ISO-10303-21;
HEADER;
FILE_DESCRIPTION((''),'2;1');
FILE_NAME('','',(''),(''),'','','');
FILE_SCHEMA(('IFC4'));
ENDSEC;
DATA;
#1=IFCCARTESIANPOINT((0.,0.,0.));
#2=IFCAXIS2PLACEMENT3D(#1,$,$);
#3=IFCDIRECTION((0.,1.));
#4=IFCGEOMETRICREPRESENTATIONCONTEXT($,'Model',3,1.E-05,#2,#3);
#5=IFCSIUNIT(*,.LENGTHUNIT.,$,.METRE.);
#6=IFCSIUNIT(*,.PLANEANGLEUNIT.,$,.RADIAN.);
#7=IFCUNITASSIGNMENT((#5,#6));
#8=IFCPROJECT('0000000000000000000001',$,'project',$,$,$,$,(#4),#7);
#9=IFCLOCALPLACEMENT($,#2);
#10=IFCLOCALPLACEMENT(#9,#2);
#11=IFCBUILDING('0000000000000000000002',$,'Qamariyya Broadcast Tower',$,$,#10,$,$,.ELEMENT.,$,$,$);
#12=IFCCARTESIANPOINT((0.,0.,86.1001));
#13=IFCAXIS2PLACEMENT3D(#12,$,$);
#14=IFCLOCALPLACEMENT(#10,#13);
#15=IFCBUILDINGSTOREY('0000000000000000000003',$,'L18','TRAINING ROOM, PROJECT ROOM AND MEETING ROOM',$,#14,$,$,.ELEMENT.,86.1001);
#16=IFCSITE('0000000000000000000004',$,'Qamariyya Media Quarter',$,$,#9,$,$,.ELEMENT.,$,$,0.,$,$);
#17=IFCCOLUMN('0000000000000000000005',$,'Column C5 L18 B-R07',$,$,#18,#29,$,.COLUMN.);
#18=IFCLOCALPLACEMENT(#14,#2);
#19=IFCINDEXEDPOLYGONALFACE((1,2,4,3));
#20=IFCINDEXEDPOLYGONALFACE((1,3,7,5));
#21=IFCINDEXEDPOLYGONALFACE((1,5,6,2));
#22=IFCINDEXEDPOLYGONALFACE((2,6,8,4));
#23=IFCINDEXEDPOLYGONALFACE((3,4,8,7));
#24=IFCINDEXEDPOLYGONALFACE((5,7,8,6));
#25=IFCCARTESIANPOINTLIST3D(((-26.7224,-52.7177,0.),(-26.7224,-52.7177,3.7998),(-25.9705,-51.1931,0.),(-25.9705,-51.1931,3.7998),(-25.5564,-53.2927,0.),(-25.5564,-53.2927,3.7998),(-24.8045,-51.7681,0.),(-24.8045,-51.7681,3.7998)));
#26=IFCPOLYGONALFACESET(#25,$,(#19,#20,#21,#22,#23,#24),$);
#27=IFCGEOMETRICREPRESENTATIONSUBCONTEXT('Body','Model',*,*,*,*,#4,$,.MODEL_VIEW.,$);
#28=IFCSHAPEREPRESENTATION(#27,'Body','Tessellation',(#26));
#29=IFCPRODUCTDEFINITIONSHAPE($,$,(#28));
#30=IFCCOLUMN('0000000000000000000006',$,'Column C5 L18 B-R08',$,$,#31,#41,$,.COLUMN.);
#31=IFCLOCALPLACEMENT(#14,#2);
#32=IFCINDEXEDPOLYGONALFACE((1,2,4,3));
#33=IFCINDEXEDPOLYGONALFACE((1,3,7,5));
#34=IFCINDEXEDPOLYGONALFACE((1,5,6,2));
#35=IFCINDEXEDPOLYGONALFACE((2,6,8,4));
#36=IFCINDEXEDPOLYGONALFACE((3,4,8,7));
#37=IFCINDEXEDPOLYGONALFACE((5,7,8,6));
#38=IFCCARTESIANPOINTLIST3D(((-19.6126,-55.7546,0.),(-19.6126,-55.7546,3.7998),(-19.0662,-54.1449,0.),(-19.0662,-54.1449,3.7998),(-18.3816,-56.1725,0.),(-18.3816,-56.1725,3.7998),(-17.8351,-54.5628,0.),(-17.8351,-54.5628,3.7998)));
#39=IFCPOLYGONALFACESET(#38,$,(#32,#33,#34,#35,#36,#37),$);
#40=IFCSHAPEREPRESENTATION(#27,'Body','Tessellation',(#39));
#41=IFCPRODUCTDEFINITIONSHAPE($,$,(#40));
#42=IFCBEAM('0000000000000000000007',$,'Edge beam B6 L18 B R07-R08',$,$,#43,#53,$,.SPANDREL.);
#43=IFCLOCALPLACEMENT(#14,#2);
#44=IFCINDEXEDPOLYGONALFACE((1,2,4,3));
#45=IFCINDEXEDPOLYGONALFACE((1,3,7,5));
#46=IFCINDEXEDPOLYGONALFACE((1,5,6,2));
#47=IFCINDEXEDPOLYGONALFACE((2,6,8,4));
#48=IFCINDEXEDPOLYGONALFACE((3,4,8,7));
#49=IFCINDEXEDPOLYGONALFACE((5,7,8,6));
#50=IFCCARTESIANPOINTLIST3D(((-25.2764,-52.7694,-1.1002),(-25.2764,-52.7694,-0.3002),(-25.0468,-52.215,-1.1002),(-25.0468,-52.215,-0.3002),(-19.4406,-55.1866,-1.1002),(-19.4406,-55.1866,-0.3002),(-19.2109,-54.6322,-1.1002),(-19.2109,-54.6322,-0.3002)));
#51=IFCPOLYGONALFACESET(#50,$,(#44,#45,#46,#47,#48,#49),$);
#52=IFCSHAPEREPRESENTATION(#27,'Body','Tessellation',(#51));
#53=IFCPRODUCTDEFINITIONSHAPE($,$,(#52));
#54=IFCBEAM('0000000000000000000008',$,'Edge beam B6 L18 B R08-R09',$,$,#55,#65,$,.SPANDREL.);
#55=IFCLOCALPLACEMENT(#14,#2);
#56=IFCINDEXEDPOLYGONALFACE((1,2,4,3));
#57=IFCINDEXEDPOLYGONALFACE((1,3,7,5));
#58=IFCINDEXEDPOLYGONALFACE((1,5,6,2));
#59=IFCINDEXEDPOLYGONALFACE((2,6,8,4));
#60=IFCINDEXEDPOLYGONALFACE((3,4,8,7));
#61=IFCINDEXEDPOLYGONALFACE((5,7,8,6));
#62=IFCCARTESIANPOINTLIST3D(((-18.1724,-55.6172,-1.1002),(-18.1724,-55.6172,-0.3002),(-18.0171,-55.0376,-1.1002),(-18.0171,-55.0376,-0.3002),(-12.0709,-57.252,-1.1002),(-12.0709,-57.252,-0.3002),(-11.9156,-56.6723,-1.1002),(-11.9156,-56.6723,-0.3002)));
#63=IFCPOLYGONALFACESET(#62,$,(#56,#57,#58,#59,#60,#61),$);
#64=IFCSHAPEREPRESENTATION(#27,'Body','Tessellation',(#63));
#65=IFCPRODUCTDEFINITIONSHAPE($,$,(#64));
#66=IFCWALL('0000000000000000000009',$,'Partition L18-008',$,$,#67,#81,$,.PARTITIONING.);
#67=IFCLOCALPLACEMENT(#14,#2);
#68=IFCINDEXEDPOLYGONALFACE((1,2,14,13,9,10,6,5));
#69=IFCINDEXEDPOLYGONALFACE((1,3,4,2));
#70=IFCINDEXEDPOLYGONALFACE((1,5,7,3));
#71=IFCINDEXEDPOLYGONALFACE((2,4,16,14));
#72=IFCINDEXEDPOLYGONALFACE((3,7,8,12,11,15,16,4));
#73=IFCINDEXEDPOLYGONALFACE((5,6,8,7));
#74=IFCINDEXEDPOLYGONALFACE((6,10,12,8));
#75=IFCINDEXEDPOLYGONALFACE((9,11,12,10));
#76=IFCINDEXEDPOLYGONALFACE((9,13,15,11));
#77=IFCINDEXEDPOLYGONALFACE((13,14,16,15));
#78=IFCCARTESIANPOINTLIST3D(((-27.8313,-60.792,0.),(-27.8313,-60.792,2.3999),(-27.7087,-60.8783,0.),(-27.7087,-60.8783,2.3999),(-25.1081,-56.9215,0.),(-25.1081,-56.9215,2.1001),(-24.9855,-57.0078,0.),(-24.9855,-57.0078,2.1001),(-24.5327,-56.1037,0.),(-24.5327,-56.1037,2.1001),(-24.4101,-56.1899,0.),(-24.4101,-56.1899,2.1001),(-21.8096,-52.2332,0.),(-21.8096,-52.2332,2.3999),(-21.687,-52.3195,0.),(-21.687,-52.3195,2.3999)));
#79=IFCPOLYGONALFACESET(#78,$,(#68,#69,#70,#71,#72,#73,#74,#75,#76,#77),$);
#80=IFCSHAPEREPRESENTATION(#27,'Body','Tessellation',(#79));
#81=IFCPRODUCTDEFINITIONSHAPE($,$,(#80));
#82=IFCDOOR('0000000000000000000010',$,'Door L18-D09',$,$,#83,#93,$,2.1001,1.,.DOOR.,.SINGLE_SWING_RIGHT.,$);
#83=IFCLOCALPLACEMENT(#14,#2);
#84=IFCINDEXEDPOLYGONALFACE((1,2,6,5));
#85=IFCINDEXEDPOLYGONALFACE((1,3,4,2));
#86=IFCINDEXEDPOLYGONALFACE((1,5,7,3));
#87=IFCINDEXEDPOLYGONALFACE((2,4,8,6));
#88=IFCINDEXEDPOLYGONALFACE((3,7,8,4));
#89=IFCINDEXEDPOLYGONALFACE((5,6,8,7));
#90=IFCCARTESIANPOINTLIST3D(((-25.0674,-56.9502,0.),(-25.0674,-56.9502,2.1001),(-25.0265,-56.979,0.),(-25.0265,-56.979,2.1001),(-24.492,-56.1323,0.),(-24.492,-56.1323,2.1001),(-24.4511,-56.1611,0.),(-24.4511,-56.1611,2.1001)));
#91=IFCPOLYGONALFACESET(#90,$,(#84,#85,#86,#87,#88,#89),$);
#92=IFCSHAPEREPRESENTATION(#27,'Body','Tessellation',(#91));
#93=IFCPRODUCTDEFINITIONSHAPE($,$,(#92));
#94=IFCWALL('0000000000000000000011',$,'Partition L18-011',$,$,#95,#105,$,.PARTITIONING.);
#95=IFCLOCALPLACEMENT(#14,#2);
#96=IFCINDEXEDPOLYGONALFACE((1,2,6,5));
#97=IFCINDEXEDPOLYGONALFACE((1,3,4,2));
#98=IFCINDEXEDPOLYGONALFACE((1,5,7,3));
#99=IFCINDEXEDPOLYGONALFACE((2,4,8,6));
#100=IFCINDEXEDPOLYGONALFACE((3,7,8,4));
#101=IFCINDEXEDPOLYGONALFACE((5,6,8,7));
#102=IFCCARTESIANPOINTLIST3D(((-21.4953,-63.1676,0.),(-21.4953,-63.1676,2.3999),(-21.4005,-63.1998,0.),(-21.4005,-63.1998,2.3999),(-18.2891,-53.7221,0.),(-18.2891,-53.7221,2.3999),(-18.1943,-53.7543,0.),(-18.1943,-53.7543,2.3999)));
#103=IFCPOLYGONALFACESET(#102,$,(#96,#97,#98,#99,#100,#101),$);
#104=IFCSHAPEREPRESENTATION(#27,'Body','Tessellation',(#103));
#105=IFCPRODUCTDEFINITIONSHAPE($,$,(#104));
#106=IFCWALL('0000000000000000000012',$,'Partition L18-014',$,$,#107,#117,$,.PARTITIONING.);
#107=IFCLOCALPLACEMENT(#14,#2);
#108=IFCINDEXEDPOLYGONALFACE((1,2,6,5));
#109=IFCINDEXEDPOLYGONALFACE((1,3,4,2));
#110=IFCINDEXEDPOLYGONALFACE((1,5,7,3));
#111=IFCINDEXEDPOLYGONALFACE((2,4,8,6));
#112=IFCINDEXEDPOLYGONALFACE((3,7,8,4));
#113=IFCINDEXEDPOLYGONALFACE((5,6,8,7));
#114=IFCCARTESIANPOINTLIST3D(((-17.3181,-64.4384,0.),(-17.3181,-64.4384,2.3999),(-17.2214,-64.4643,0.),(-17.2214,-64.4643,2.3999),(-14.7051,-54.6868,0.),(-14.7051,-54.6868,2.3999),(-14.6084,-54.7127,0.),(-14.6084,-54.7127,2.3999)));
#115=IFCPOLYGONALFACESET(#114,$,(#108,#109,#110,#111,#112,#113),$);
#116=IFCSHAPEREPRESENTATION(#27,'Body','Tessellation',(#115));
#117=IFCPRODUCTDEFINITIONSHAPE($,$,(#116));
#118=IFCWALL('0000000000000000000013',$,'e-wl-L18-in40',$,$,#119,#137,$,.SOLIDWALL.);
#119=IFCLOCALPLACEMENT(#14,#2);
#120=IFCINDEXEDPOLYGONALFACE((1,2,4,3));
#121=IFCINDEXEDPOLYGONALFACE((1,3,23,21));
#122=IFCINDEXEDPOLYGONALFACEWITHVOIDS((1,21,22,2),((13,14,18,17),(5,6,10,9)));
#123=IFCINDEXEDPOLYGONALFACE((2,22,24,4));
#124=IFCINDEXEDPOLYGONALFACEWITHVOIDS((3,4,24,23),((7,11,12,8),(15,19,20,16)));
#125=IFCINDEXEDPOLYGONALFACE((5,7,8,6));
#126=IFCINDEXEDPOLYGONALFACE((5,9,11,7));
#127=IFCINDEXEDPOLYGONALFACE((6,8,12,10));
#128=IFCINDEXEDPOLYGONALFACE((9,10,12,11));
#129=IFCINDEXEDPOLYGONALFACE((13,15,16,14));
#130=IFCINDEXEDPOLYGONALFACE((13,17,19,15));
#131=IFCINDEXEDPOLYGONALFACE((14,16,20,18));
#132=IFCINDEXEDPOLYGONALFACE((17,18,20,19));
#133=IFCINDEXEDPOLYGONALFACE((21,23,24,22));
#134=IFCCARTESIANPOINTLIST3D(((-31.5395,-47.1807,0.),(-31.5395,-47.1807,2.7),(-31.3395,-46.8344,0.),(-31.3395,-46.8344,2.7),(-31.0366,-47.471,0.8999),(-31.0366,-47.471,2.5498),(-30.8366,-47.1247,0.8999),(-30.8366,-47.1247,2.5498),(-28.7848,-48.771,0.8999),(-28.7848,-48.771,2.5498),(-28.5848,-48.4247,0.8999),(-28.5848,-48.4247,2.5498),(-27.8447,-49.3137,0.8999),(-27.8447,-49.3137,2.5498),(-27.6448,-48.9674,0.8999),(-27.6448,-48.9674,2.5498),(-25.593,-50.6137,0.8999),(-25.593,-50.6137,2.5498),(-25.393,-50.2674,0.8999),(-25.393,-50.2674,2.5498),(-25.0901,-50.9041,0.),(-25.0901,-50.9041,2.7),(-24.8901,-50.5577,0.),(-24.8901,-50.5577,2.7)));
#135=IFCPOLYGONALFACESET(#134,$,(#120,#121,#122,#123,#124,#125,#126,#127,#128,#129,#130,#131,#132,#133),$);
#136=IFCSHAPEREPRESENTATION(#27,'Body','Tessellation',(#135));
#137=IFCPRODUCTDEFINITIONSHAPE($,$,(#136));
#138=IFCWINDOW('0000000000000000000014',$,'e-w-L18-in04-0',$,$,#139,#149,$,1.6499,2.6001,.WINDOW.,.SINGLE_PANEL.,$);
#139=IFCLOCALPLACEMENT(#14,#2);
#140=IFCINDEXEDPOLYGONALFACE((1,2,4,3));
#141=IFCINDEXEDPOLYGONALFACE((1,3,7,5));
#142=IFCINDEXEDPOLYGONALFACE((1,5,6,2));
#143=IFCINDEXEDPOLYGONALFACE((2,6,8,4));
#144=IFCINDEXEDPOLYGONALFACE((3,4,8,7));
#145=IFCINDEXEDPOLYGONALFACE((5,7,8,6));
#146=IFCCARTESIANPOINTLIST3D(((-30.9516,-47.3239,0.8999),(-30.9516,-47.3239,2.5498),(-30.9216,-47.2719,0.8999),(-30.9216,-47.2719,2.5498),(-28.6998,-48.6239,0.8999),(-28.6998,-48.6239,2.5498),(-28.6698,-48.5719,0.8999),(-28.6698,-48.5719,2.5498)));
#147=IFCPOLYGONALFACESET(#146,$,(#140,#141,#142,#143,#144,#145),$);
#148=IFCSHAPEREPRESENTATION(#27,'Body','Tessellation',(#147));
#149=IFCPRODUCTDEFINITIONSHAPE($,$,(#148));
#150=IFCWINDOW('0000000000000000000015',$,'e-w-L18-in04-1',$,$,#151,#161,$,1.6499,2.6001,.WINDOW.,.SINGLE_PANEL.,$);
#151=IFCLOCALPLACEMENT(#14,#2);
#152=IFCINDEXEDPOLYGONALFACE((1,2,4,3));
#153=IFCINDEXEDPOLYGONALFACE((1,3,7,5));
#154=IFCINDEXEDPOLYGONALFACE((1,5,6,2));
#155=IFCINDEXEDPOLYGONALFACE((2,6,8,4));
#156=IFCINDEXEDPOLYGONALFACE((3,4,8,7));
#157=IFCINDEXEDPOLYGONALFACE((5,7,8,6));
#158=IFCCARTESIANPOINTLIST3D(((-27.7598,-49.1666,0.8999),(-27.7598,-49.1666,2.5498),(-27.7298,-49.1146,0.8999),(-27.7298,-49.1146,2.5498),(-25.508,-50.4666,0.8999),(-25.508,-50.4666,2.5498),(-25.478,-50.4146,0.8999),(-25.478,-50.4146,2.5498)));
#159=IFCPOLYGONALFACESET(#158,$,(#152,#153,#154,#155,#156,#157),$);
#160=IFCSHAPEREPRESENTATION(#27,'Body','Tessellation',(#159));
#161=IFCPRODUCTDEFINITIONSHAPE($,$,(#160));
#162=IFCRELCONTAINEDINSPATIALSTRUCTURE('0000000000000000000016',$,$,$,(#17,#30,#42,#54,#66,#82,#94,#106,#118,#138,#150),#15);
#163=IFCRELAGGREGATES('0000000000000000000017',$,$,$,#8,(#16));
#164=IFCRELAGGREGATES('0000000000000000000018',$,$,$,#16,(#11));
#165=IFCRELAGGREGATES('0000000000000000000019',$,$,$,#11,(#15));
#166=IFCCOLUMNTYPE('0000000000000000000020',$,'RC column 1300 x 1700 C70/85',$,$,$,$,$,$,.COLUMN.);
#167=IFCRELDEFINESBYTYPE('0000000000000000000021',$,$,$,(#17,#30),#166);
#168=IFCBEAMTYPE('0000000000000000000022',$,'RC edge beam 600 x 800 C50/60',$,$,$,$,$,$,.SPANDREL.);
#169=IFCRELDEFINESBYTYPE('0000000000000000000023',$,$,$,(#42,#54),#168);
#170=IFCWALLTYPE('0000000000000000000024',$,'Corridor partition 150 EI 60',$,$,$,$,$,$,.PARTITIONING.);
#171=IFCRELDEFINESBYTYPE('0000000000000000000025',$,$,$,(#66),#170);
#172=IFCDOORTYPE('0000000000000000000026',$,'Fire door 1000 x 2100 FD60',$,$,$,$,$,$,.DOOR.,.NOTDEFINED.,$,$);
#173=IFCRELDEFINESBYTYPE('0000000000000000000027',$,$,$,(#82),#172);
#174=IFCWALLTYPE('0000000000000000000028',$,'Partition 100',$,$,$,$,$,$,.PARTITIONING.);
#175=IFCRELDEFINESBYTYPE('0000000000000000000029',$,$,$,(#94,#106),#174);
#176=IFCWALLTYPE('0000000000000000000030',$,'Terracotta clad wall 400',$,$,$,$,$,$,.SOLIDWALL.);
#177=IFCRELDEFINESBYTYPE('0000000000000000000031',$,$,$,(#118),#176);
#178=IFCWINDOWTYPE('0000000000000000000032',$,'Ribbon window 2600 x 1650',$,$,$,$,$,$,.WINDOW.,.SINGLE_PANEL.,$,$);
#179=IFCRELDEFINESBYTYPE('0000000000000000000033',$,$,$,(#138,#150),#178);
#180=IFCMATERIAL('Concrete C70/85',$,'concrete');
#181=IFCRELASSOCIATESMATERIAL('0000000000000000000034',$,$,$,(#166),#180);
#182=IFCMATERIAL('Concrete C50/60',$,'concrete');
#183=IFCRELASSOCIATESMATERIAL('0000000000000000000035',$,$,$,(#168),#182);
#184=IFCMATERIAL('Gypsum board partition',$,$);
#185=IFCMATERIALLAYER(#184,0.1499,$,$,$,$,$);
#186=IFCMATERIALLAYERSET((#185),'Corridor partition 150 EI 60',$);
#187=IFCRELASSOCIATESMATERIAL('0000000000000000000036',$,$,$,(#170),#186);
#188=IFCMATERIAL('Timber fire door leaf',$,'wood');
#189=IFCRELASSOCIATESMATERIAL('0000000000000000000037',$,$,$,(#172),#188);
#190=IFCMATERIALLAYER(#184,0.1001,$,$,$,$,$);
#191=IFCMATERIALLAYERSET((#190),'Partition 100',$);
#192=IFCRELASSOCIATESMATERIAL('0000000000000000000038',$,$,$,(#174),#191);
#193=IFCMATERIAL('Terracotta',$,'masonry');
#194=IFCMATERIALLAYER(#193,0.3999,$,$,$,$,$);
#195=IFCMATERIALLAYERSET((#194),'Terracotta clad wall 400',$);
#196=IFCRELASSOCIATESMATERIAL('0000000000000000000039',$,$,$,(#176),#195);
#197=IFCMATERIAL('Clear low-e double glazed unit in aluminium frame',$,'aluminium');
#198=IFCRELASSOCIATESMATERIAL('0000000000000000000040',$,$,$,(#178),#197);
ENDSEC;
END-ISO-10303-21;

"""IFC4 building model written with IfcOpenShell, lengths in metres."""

from ifc_helpers import new_model, si_unit, direction, frame, frame_2d, origin, origin_2d, place, context, subcontext, project, spatial, rectangle, extrude, material, layer, layer_set, material_profile, profile_set, type_object, element, fill, save


model = new_model("IFC4")

# Units and contexts
model_context = context("Model", 3, precision=1e-05, world=origin(), true_north=direction((0.0, 1.0)))
body_context = subcontext(model_context, "Body", "Model", "MODEL_VIEW")
ifc_project = project(units=[si_unit("LENGTHUNIT", "METRE"), si_unit("PLANEANGLEUNIT", "RADIAN")], contexts=[model_context])

# Site, building, storey
site_placement = place(None, origin())
site = spatial("IfcSite", under=ifc_project, at=site_placement, Name="Qamariyya Media Quarter", CompositionType="ELEMENT", RefElevation=0.0)
building_placement = place(site_placement, origin())
building = spatial("IfcBuilding", under=site, at=building_placement, Name="Qamariyya Broadcast Tower", CompositionType="ELEMENT")
storey_placement = place(building_placement, frame((0.0, 0.0, 86.1001)))
storey = spatial("IfcBuildingStorey", under=building, at=storey_placement, Name="L18", Description="TRAINING ROOM, PROJECT ROOM AND MEETING ROOM", CompositionType="ELEMENT", Elevation=86.1001)

# Columns
ifc_material_1 = material(Name="Concrete C70/85", Category="concrete")
ifc_material_profile_1 = material_profile(ifc_material_1, rectangle(XDim=1.3, YDim=1.7, at=origin_2d()))
ifc_profile_set_1 = profile_set([ifc_material_profile_1], Name="Concrete C70/85")
column_type = type_object("IfcColumnType", Name="RC column 1300 x 1700 C70/85", PredefinedType="COLUMN", material=ifc_profile_set_1)
for number, where, z_axis, x_axis, name in (
    (1, (-25.7634, -52.2429, 0.0), (0.0, 0.0, 1.0), (0.896873, -0.442289, 0.0), "Column C5 L18 B-R07"),
    (2, (-18.7239, -55.1587, 0.0), (0.0, 0.0, 1.0), (0.94693, -0.321439, 0.0), "Column C5 L18 B-R08"),
):
    element("IfcColumn", number, at=place(storey_placement, frame(where, z_axis=z_axis, x_axis=x_axis)), inside=storey, type_object=column_type, Name=name, PredefinedType="COLUMN", context=body_context, shape_type="SweptSolid", body=[
        extrude(rectangle(XDim=1.3, YDim=1.7, at=origin_2d()), origin(), (0.0, 0.0, 1.0), 3.7998),
    ])

# Beams
ifc_material_2 = material(Name="Concrete C50/60", Category="concrete")
ifc_material_profile_2 = material_profile(ifc_material_2, rectangle(XDim=0.6001, YDim=0.8, at=origin_2d()))
ifc_profile_set_2 = profile_set([ifc_material_profile_2], Name="Concrete C50/60")
beam_type = type_object("IfcBeamType", Name="RC edge beam 600 x 800 C50/60", PredefinedType="SPANDREL", material=ifc_profile_set_2)
for number, where, z_axis, x_axis, name in (
    (3, (-25.1616, -52.4922, -0.7002), (0.923884, -0.382672, 0.0), (0.382672, 0.923884, 0.0), "Edge beam B6 L18 B R07-R08"),
    (4, (-18.0947, -55.3274, -0.7002), (0.965931, -0.258798, 0.0), (0.258798, 0.965931, 0.0), "Edge beam B6 L18 B R08-R09"),
):
    element("IfcBeam", number, at=place(storey_placement, frame(where, z_axis=z_axis, x_axis=x_axis)), inside=storey, type_object=beam_type, Name=name, PredefinedType="SPANDREL", context=body_context, shape_type="SweptSolid", body=[
        extrude(rectangle(XDim=0.6001, YDim=0.8, at=origin_2d()), origin(), (0.0, 0.0, 1.0), 6.3167),
    ])

# Wall, opening, door
ifc_material_3 = material(Name="Gypsum board partition")
ifc_layer_1 = layer(ifc_material_3, 0.1499)
ifc_layer_set_1 = layer_set([ifc_layer_1], Name="Corridor partition 150 EI 60")
wall_type_1 = type_object("IfcWallType", Name="Corridor partition 150 EI 60", PredefinedType="PARTITIONING", material=ifc_layer_set_1)
wall_1_placement = place(storey_placement, frame((-21.7483, -52.2764, 0.0), z_axis=(0.0, 0.0, 1.0), x_axis=(-0.575419, -0.817858, 0.0)))
wall_1 = element("IfcWall", 5, at=wall_1_placement, inside=storey, type_object=wall_type_1, Name="Partition L18-008", PredefinedType="PARTITIONING", context=body_context, shape_type="SweptSolid", body=[
    extrude(rectangle(XDim=10.4648, YDim=0.1499, at=frame_2d((5.2324, 0.0))), origin(), (0.0, 0.0, 1.0), 2.3999),
])
opening_1_placement = place(wall_1_placement, frame((4.7324, 0.0, 0.0)))
opening_1 = element("IfcOpeningElement", 6, at=opening_1_placement, cuts=wall_1, PredefinedType="OPENING", context=body_context, shape_type="SweptSolid", body=[
    extrude(rectangle(XDim=1.0, YDim=2.1001, at=frame_2d((0.5, 1.05))), frame((0.0, 0.085, 0.0), z_axis=(0.0, -1.0, 0.0), x_axis=(1.0, 0.0, 0.0)), (0.0, 0.0, 1.0), 0.1699),
])
ifc_material_4 = material(Name="Timber fire door leaf", Category="wood")
door_type = type_object("IfcDoorType", Name="Fire door 1000 x 2100 FD60", OperationType="NOTDEFINED", PredefinedType="DOOR", material=ifc_material_4)
door_placement = place(opening_1_placement, origin())
door = element("IfcDoor", 7, at=door_placement, inside=storey, type_object=door_type, Name="Door L18-D09", OperationType="SINGLE_SWING_RIGHT", OverallHeight=2.1001, OverallWidth=1.0, PredefinedType="DOOR", context=body_context, shape_type="SweptSolid", body=[
    extrude(rectangle(XDim=1.0, YDim=2.1001, at=frame_2d((0.5, 1.05))), frame((0.0, 0.0249, 0.0), z_axis=(0.0, -1.0, 0.0), x_axis=(1.0, 0.0, 0.0)), (0.0, 0.0, 1.0), 0.05),
])
fill(opening_1, door)

# Walls
ifc_layer_2 = layer(ifc_material_3, 0.1001)
ifc_layer_set_2 = layer_set([ifc_layer_2], Name="Partition 100")
wall_type_2 = type_object("IfcWallType", Name="Partition 100", PredefinedType="PARTITIONING", material=ifc_layer_set_2)
wall_2_placement = place(storey_placement, frame((-18.2417, -53.7383, 0.0), z_axis=(0.0, 0.0, 1.0), x_axis=(-0.321436, -0.946931, 0.0)))
element("IfcWall", 8, at=wall_2_placement, inside=storey, type_object=wall_type_2, Name="Partition L18-011", PredefinedType="PARTITIONING", context=body_context, shape_type="SweptSolid", body=[
    extrude(rectangle(XDim=9.9749, YDim=0.1001, at=frame_2d((4.9873, 0.0))), origin(), (0.0, 0.0, 1.0), 2.3999),
])
wall_3_placement = place(storey_placement, frame((-14.6567, -54.6997, 0.0), z_axis=(0.0, 0.0, 1.0), x_axis=(-0.258826, -0.965924, 0.0)))
element("IfcWall", 9, at=wall_3_placement, inside=storey, type_object=wall_type_2, Name="Partition L18-014", PredefinedType="PARTITIONING", context=body_context, shape_type="SweptSolid", body=[
    extrude(rectangle(XDim=10.0957, YDim=0.1001, at=frame_2d((5.0479, 0.0))), origin(), (0.0, 0.0, 1.0), 2.3999),
])

# Wall, openings, windows
ifc_material_5 = material(Name="Terracotta", Category="masonry")
ifc_layer_3 = layer(ifc_material_5, 0.3999)
ifc_layer_set_3 = layer_set([ifc_layer_3], Name="Terracotta clad wall 400")
wall_type_3 = type_object("IfcWallType", Name="Terracotta clad wall 400", PredefinedType="SOLIDWALL", material=ifc_layer_set_3)
wall_4_placement = place(storey_placement, frame((-24.99, -50.731, 0.0), z_axis=(0.0, 0.0, 1.0), x_axis=(-0.866038, 0.499979, 0.0)))
wall_4 = element("IfcWall", 10, at=wall_4_placement, inside=storey, type_object=wall_type_3, Name="e-wl-L18-in40", PredefinedType="SOLIDWALL", context=body_context, shape_type="SweptSolid", body=[
    extrude(rectangle(XDim=7.447, YDim=0.3999, at=frame_2d((3.7236, 0.0))), origin(), (0.0, 0.0, 1.0), 2.7),
])
opening_2_placement = place(wall_4_placement, frame((4.2664, 0.0, 0.8999)))
opening_2 = element("IfcOpeningElement", 11, at=opening_2_placement, cuts=wall_4, PredefinedType="OPENING", context=body_context, shape_type="SweptSolid", body=[
    extrude(rectangle(XDim=2.6001, YDim=1.6499, at=frame_2d((1.3, 0.825))), frame((0.0, 0.21, 0.0), z_axis=(0.0, -1.0, 0.0), x_axis=(1.0, 0.0, 0.0)), (0.0, 0.0, 1.0), 0.4199),
])
opening_3_placement = place(wall_4_placement, frame((0.5808, 0.0, 0.8999)))
opening_3 = element("IfcOpeningElement", 12, at=opening_3_placement, cuts=wall_4, PredefinedType="OPENING", context=body_context, shape_type="SweptSolid", body=[
    extrude(rectangle(XDim=2.6001, YDim=1.6499, at=frame_2d((1.3, 0.825))), frame((0.0, 0.21, 0.0), z_axis=(0.0, -1.0, 0.0), x_axis=(1.0, 0.0, 0.0)), (0.0, 0.0, 1.0), 0.4199),
])
ifc_material_6 = material(Name="Clear low-e double glazed unit in aluminium frame", Category="aluminium")
window_type = type_object("IfcWindowType", Name="Ribbon window 2600 x 1650", PartitioningType="SINGLE_PANEL", PredefinedType="WINDOW", material=ifc_material_6)
window_1_placement = place(opening_2_placement, origin())
window_1 = element("IfcWindow", 13, at=window_1_placement, inside=storey, type_object=window_type, Name="e-w-L18-in04-0", OverallHeight=1.6499, OverallWidth=2.6001, PartitioningType="SINGLE_PANEL", PredefinedType="WINDOW", context=body_context, shape_type="SweptSolid", body=[
    extrude(rectangle(XDim=2.6001, YDim=1.6499, at=frame_2d((1.3, 0.825))), frame((0.0, 0.03, 0.0), z_axis=(0.0, -1.0, 0.0), x_axis=(1.0, 0.0, 0.0)), (0.0, 0.0, 1.0), 0.0601),
])
fill(opening_2, window_1)
window_2_placement = place(opening_3_placement, origin())
window_2 = element("IfcWindow", 14, at=window_2_placement, inside=storey, type_object=window_type, Name="e-w-L18-in04-1", OverallHeight=1.6499, OverallWidth=2.6001, PartitioningType="SINGLE_PANEL", PredefinedType="WINDOW", context=body_context, shape_type="SweptSolid", body=[
    extrude(rectangle(XDim=2.6001, YDim=1.6499, at=frame_2d((1.3, 0.825))), frame((0.0, 0.03, 0.0), z_axis=(0.0, -1.0, 0.0), x_axis=(1.0, 0.0, 0.0)), (0.0, 0.0, 1.0), 0.0601),
])
fill(opening_3, window_2)

save(model, "model.ifc")
